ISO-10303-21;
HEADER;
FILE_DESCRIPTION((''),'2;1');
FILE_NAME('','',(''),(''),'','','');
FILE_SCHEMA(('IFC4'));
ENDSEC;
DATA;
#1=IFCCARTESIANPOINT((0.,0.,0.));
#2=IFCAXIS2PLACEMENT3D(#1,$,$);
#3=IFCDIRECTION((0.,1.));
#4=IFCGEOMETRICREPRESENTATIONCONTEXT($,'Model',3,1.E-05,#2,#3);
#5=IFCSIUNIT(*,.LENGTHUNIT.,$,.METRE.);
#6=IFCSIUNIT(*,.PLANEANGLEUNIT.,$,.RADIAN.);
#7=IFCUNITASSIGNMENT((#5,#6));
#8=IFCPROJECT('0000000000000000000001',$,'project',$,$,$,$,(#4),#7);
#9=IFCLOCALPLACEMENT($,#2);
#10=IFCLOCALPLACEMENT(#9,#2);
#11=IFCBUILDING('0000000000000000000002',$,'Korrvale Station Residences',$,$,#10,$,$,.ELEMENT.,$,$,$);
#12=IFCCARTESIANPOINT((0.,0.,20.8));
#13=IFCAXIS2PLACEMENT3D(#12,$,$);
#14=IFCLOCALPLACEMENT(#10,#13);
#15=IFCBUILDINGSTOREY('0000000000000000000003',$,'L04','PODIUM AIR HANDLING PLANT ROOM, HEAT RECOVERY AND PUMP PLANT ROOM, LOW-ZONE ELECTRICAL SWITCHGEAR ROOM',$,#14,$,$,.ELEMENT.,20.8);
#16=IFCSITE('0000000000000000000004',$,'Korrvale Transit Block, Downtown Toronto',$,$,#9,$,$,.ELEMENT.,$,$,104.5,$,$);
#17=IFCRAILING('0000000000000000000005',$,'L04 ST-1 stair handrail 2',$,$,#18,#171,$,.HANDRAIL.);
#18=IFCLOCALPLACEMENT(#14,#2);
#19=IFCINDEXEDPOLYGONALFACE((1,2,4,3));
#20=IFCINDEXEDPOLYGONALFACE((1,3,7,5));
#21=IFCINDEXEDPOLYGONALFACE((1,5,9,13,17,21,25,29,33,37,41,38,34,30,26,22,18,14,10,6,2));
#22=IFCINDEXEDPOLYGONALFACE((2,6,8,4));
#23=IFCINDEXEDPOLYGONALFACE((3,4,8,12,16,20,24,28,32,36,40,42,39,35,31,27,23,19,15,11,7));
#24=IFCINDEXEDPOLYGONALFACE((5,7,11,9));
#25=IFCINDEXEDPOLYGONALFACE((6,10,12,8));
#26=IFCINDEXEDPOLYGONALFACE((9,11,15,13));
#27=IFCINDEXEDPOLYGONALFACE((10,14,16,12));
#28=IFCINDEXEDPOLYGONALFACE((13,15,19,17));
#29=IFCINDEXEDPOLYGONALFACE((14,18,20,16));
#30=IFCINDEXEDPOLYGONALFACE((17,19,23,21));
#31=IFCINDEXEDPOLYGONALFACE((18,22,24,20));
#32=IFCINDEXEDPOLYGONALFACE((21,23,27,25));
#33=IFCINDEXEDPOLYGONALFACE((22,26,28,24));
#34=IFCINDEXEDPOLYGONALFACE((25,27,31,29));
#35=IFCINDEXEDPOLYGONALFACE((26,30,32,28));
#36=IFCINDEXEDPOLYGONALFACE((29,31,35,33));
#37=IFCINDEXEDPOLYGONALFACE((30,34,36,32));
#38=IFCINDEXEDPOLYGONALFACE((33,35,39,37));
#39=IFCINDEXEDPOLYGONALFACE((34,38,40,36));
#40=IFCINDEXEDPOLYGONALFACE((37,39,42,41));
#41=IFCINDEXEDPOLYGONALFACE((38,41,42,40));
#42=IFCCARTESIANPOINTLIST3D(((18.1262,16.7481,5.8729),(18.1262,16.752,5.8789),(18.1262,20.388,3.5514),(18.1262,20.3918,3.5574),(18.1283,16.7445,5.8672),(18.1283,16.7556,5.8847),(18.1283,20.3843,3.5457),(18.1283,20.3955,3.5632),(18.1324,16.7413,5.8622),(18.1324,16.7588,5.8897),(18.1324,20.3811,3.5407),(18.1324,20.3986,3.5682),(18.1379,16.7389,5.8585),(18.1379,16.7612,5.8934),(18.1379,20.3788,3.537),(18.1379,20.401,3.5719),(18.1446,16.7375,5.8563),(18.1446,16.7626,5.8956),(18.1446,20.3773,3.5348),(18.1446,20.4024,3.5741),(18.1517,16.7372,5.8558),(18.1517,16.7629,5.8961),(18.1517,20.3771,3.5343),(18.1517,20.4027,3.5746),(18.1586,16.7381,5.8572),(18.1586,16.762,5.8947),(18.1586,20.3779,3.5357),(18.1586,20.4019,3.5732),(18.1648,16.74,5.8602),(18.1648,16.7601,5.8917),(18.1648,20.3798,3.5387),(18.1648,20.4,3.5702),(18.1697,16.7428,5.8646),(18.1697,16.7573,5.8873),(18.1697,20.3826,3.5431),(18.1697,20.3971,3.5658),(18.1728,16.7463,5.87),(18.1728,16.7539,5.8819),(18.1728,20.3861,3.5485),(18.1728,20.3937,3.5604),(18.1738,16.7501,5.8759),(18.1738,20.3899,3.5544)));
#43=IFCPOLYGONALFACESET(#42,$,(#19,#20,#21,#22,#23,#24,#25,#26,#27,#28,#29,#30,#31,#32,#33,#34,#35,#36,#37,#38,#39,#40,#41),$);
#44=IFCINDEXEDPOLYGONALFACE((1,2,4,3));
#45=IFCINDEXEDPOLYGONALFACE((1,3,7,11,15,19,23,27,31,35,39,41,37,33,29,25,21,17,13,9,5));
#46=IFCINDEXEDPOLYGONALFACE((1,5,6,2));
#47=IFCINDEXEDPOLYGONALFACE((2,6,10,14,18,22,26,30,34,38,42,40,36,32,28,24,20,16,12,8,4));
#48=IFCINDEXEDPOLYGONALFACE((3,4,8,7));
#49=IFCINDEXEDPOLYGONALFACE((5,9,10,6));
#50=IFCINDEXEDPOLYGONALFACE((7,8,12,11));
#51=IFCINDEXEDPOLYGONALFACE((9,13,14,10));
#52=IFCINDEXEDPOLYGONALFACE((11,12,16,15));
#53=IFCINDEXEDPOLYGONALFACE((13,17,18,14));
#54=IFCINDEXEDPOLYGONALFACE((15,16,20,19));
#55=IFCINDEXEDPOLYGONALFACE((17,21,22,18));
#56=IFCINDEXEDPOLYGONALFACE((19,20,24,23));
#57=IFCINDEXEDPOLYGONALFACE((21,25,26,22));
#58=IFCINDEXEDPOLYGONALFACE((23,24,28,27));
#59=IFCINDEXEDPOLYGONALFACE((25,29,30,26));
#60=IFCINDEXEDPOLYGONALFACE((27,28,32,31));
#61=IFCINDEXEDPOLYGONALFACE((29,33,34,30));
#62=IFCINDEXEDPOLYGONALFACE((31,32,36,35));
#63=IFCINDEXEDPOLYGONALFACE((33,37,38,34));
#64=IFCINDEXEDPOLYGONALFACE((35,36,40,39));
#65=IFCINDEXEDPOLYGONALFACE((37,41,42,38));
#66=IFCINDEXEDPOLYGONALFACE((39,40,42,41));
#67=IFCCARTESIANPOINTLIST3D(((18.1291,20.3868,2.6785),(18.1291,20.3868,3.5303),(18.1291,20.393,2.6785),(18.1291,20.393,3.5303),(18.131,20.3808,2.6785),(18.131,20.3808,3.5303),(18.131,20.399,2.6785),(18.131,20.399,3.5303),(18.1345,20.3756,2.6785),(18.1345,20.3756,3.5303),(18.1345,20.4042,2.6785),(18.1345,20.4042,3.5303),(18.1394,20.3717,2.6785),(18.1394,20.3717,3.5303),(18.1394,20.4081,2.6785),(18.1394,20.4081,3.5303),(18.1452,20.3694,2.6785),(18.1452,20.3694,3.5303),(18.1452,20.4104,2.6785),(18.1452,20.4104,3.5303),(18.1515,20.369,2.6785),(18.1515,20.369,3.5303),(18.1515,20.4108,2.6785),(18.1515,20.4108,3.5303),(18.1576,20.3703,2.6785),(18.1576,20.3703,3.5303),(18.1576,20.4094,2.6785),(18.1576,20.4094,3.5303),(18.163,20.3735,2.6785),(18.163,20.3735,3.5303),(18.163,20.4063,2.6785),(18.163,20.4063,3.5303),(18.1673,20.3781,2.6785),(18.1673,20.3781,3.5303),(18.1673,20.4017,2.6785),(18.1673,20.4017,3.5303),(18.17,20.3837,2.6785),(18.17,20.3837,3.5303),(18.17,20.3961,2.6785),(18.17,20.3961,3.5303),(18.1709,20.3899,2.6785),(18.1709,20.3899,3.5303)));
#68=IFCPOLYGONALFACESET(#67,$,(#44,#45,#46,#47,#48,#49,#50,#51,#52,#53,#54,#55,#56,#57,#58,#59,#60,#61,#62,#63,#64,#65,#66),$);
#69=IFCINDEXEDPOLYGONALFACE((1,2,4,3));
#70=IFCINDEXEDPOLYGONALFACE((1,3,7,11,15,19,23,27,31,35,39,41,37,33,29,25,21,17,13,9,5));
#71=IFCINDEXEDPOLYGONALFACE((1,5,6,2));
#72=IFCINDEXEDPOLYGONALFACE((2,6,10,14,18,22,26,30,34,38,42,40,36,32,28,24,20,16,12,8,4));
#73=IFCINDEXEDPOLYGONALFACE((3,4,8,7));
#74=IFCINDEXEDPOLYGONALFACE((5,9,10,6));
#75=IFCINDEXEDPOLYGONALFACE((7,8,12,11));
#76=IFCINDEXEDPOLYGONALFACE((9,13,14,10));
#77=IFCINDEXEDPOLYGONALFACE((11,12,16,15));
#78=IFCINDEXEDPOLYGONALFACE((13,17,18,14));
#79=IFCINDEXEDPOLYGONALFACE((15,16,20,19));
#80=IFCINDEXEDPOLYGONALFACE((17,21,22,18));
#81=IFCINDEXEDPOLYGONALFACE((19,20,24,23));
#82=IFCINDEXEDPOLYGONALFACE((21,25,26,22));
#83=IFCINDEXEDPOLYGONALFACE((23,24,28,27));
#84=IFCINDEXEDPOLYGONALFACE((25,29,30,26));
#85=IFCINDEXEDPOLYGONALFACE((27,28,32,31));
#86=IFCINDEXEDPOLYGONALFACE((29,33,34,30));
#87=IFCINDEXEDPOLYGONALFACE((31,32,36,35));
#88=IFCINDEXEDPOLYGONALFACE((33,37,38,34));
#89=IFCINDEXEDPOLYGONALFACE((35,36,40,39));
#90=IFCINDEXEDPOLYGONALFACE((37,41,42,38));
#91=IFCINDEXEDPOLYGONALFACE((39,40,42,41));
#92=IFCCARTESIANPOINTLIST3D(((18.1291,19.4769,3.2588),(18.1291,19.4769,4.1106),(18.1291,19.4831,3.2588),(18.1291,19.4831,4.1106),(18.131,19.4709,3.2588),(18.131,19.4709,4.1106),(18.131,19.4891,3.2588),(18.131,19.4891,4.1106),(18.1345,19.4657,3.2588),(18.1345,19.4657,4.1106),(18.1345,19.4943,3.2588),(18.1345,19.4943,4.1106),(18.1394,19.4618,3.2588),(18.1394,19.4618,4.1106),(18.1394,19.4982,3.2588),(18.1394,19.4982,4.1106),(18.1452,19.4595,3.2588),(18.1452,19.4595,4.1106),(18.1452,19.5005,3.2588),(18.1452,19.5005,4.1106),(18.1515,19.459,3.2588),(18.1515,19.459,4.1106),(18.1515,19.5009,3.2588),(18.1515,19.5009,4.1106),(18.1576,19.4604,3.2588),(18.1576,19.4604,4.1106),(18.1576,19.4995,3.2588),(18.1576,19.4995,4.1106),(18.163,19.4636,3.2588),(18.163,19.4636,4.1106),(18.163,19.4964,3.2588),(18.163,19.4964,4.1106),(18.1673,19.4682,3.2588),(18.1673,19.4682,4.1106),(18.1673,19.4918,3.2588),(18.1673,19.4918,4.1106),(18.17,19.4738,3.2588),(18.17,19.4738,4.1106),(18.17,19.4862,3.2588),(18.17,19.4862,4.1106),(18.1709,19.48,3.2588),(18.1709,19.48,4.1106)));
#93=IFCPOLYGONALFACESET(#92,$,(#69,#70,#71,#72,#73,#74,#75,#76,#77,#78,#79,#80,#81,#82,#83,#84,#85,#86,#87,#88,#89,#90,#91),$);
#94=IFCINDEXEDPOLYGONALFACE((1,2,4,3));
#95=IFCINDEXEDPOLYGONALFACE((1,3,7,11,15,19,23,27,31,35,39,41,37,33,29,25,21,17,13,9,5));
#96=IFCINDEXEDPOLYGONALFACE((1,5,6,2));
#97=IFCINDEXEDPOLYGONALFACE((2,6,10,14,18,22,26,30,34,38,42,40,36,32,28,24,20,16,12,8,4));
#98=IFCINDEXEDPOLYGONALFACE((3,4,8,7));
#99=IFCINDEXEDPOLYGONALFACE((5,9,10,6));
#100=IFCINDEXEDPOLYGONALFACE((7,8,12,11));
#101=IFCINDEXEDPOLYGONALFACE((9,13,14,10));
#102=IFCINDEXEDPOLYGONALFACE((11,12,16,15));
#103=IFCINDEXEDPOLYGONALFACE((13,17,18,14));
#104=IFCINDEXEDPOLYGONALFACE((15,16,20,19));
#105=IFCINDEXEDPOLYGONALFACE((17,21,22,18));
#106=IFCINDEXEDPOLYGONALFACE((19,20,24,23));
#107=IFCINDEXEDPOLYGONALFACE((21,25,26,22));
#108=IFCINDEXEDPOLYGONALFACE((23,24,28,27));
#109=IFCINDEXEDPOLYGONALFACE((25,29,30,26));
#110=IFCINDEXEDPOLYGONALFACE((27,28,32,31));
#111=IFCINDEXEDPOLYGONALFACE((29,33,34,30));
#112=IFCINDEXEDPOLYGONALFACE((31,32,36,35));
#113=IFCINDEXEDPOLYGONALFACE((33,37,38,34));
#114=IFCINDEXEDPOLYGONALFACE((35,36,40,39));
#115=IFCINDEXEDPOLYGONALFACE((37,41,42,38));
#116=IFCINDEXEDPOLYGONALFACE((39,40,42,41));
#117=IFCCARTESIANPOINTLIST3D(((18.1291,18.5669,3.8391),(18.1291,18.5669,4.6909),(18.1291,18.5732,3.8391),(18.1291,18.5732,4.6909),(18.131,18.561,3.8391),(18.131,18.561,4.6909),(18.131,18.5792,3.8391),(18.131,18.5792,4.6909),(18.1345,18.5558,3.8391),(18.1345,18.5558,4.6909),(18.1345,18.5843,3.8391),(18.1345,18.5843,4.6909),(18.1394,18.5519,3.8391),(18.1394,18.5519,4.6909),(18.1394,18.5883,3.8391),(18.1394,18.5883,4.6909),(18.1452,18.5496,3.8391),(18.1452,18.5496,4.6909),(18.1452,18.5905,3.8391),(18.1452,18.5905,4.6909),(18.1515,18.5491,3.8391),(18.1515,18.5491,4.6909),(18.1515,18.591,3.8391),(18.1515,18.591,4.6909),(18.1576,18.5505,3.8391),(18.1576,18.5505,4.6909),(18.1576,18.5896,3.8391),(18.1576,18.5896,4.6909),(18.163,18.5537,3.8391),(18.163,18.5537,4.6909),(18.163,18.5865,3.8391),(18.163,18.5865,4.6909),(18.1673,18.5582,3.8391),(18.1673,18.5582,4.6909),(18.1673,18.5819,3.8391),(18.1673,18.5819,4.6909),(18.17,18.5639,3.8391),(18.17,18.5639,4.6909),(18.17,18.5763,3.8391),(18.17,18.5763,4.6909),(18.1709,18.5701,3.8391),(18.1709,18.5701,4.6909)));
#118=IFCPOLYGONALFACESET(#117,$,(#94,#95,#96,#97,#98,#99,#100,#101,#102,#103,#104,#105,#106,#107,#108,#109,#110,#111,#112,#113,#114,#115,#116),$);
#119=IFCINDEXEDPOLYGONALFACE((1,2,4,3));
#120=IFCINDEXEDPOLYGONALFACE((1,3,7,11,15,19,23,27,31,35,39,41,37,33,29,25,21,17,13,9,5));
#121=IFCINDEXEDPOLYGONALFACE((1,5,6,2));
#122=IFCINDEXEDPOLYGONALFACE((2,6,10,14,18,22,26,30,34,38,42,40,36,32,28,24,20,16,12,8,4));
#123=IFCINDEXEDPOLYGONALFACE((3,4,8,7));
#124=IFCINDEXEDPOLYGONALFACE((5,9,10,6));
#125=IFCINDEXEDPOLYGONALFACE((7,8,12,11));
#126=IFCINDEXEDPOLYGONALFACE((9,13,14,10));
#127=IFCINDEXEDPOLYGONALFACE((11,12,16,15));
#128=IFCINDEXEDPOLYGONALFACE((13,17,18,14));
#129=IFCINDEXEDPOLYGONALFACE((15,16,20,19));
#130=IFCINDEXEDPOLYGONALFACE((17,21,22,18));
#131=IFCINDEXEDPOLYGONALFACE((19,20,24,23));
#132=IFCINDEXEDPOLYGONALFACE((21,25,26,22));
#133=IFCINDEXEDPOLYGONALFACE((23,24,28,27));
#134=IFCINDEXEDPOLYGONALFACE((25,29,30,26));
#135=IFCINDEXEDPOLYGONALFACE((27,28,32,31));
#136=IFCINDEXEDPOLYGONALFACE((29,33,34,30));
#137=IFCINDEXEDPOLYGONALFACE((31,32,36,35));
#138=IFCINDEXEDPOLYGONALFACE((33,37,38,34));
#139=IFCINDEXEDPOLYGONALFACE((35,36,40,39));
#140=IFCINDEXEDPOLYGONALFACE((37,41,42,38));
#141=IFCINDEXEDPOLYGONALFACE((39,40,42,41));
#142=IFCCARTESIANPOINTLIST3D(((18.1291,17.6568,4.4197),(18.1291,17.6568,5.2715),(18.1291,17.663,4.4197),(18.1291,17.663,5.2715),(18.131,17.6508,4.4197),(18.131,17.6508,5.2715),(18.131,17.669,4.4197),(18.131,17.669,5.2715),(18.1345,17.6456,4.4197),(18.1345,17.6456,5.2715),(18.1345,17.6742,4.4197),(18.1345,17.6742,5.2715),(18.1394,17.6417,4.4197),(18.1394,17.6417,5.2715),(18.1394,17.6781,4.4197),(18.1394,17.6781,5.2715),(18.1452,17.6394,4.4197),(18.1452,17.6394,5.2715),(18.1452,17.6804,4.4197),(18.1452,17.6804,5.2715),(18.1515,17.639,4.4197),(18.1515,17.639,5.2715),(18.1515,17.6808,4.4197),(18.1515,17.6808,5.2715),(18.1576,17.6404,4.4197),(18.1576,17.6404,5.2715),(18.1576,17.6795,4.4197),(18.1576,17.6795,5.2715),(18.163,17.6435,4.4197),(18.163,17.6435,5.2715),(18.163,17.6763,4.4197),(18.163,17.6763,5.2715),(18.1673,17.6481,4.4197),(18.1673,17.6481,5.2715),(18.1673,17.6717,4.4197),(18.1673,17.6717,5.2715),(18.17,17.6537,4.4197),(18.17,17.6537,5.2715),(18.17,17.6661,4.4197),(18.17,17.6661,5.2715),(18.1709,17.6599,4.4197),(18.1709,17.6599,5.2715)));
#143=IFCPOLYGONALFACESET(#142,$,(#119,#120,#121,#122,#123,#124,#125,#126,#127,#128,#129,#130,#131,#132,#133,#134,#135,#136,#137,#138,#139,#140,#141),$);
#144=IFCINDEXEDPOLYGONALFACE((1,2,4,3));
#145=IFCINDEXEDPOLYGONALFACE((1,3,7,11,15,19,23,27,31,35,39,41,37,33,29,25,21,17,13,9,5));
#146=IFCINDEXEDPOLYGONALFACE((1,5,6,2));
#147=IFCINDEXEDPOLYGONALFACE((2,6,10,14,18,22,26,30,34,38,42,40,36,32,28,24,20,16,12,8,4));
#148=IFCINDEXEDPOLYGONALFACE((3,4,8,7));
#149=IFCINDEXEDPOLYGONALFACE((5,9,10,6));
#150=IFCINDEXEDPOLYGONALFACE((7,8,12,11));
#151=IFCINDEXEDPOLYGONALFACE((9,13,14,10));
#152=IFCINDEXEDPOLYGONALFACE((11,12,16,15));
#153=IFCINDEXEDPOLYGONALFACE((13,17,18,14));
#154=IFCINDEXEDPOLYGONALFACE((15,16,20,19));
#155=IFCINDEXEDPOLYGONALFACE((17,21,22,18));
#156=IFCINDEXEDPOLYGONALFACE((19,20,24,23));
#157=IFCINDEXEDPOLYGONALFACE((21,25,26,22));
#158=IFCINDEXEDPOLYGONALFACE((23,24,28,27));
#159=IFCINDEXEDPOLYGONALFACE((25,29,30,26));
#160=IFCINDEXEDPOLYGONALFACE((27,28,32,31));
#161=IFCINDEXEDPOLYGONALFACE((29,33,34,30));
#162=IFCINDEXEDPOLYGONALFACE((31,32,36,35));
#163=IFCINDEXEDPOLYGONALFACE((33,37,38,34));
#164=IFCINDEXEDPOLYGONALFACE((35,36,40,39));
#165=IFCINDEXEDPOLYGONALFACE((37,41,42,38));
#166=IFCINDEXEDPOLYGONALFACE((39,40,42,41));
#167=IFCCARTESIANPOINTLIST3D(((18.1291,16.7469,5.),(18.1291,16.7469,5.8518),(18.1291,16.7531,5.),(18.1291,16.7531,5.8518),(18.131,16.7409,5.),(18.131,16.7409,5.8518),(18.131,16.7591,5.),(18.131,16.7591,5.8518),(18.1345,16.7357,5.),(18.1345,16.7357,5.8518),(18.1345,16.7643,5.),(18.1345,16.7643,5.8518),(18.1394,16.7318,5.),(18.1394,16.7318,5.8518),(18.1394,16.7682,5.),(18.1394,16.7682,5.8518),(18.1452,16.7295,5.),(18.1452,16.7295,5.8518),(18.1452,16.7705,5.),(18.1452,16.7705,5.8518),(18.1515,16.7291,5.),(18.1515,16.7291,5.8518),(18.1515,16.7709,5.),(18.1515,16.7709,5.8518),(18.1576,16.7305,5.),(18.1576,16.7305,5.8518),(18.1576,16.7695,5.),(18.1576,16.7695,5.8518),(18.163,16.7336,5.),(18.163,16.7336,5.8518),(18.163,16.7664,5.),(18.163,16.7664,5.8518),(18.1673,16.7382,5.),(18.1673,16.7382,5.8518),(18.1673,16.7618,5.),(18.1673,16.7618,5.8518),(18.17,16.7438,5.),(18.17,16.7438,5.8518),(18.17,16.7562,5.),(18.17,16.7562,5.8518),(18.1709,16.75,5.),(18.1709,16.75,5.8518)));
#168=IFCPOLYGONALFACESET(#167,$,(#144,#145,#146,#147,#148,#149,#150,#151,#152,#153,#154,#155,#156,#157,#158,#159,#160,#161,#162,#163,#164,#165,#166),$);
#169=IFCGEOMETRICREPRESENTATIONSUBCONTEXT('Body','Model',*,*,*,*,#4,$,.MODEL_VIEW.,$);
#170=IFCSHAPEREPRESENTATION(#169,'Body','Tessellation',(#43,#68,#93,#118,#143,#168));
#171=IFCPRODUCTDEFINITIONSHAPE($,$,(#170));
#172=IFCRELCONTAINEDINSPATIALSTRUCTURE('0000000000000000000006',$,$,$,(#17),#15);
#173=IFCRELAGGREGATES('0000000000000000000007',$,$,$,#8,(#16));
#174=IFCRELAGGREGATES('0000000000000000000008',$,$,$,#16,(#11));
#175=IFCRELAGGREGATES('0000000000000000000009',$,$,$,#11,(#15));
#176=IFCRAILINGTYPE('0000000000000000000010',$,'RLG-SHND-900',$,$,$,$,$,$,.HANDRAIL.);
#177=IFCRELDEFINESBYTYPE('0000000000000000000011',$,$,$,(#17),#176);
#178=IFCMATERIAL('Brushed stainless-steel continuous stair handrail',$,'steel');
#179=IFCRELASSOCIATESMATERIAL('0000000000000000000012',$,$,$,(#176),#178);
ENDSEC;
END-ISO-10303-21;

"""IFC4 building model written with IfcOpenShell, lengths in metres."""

from ifc_helpers import new_model, si_unit, direction, frame, origin, origin_2d, place, context, subcontext, project, spatial, circle, extrude, material, type_object, element, save


model = new_model("IFC4")

# Units and contexts
model_context = context("Model", 3, precision=1e-05, world=origin(), true_north=direction((0.0, 1.0)))
body_context = subcontext(model_context, "Body", "Model", "MODEL_VIEW")
ifc_project = project(units=[si_unit("LENGTHUNIT", "METRE"), si_unit("PLANEANGLEUNIT", "RADIAN")], contexts=[model_context])

# Site, building, storey
site_placement = place(None, origin())
site = spatial("IfcSite", under=ifc_project, at=site_placement, Name="Korrvale Transit Block, Downtown Toronto", CompositionType="ELEMENT", RefElevation=104.5)
building_placement = place(site_placement, origin())
building = spatial("IfcBuilding", under=site, at=building_placement, Name="Korrvale Station Residences", CompositionType="ELEMENT")
storey_placement = place(building_placement, frame((0.0, 0.0, 20.8)))
storey = spatial("IfcBuildingStorey", under=building, at=storey_placement, Name="L04", Description="PODIUM AIR HANDLING PLANT ROOM, HEAT RECOVERY AND PUMP PLANT ROOM, LOW-ZONE ELECTRICAL SWITCHGEAR ROOM", CompositionType="ELEMENT", Elevation=20.8)

# Railing
ifc_material_1 = material(Name="Brushed stainless-steel continuous stair handrail", Category="steel")
railing_type_1 = type_object("IfcRailingType", Name="RLG-SHND-900", PredefinedType="HANDRAIL", material=ifc_material_1)
railing_1_placement = place(storey_placement, frame((18.1499, 20.3899, 2.6785)))
element("IfcRailing", 1, at=railing_1_placement, inside=storey, type_object=railing_type_1, Name="L04 ST-1 stair handrail 2", PredefinedType="HANDRAIL", context=body_context, shape_type="SweptSolid", body=[
    extrude(circle(Radius=0.0239, at=origin_2d()), frame((0.0, 0.0, 0.876), z_axis=(0.0, -0.843112, 0.537739), x_axis=(1.0, 0.0, 0.0)), (0.0, 0.0, 1.0), 4.3171),
    extrude(circle(Radius=0.021, at=origin_2d()), origin(), (0.0, 0.0, 1.0), 0.8518),
    extrude(circle(Radius=0.021, at=origin_2d()), frame((0.0, -0.9099, 0.5803)), (0.0, 0.0, 1.0), 0.8518),
    extrude(circle(Radius=0.021, at=origin_2d()), frame((0.0, -1.8198, 1.1606)), (0.0, 0.0, 1.0), 0.8518),
    extrude(circle(Radius=0.021, at=origin_2d()), frame((0.0, -2.73, 1.7412)), (0.0, 0.0, 1.0), 0.8518),
    extrude(circle(Radius=0.021, at=origin_2d()), frame((0.0, -3.6399, 2.3215)), (0.0, 0.0, 1.0), 0.8518),
])

save(model, "model.ifc")
